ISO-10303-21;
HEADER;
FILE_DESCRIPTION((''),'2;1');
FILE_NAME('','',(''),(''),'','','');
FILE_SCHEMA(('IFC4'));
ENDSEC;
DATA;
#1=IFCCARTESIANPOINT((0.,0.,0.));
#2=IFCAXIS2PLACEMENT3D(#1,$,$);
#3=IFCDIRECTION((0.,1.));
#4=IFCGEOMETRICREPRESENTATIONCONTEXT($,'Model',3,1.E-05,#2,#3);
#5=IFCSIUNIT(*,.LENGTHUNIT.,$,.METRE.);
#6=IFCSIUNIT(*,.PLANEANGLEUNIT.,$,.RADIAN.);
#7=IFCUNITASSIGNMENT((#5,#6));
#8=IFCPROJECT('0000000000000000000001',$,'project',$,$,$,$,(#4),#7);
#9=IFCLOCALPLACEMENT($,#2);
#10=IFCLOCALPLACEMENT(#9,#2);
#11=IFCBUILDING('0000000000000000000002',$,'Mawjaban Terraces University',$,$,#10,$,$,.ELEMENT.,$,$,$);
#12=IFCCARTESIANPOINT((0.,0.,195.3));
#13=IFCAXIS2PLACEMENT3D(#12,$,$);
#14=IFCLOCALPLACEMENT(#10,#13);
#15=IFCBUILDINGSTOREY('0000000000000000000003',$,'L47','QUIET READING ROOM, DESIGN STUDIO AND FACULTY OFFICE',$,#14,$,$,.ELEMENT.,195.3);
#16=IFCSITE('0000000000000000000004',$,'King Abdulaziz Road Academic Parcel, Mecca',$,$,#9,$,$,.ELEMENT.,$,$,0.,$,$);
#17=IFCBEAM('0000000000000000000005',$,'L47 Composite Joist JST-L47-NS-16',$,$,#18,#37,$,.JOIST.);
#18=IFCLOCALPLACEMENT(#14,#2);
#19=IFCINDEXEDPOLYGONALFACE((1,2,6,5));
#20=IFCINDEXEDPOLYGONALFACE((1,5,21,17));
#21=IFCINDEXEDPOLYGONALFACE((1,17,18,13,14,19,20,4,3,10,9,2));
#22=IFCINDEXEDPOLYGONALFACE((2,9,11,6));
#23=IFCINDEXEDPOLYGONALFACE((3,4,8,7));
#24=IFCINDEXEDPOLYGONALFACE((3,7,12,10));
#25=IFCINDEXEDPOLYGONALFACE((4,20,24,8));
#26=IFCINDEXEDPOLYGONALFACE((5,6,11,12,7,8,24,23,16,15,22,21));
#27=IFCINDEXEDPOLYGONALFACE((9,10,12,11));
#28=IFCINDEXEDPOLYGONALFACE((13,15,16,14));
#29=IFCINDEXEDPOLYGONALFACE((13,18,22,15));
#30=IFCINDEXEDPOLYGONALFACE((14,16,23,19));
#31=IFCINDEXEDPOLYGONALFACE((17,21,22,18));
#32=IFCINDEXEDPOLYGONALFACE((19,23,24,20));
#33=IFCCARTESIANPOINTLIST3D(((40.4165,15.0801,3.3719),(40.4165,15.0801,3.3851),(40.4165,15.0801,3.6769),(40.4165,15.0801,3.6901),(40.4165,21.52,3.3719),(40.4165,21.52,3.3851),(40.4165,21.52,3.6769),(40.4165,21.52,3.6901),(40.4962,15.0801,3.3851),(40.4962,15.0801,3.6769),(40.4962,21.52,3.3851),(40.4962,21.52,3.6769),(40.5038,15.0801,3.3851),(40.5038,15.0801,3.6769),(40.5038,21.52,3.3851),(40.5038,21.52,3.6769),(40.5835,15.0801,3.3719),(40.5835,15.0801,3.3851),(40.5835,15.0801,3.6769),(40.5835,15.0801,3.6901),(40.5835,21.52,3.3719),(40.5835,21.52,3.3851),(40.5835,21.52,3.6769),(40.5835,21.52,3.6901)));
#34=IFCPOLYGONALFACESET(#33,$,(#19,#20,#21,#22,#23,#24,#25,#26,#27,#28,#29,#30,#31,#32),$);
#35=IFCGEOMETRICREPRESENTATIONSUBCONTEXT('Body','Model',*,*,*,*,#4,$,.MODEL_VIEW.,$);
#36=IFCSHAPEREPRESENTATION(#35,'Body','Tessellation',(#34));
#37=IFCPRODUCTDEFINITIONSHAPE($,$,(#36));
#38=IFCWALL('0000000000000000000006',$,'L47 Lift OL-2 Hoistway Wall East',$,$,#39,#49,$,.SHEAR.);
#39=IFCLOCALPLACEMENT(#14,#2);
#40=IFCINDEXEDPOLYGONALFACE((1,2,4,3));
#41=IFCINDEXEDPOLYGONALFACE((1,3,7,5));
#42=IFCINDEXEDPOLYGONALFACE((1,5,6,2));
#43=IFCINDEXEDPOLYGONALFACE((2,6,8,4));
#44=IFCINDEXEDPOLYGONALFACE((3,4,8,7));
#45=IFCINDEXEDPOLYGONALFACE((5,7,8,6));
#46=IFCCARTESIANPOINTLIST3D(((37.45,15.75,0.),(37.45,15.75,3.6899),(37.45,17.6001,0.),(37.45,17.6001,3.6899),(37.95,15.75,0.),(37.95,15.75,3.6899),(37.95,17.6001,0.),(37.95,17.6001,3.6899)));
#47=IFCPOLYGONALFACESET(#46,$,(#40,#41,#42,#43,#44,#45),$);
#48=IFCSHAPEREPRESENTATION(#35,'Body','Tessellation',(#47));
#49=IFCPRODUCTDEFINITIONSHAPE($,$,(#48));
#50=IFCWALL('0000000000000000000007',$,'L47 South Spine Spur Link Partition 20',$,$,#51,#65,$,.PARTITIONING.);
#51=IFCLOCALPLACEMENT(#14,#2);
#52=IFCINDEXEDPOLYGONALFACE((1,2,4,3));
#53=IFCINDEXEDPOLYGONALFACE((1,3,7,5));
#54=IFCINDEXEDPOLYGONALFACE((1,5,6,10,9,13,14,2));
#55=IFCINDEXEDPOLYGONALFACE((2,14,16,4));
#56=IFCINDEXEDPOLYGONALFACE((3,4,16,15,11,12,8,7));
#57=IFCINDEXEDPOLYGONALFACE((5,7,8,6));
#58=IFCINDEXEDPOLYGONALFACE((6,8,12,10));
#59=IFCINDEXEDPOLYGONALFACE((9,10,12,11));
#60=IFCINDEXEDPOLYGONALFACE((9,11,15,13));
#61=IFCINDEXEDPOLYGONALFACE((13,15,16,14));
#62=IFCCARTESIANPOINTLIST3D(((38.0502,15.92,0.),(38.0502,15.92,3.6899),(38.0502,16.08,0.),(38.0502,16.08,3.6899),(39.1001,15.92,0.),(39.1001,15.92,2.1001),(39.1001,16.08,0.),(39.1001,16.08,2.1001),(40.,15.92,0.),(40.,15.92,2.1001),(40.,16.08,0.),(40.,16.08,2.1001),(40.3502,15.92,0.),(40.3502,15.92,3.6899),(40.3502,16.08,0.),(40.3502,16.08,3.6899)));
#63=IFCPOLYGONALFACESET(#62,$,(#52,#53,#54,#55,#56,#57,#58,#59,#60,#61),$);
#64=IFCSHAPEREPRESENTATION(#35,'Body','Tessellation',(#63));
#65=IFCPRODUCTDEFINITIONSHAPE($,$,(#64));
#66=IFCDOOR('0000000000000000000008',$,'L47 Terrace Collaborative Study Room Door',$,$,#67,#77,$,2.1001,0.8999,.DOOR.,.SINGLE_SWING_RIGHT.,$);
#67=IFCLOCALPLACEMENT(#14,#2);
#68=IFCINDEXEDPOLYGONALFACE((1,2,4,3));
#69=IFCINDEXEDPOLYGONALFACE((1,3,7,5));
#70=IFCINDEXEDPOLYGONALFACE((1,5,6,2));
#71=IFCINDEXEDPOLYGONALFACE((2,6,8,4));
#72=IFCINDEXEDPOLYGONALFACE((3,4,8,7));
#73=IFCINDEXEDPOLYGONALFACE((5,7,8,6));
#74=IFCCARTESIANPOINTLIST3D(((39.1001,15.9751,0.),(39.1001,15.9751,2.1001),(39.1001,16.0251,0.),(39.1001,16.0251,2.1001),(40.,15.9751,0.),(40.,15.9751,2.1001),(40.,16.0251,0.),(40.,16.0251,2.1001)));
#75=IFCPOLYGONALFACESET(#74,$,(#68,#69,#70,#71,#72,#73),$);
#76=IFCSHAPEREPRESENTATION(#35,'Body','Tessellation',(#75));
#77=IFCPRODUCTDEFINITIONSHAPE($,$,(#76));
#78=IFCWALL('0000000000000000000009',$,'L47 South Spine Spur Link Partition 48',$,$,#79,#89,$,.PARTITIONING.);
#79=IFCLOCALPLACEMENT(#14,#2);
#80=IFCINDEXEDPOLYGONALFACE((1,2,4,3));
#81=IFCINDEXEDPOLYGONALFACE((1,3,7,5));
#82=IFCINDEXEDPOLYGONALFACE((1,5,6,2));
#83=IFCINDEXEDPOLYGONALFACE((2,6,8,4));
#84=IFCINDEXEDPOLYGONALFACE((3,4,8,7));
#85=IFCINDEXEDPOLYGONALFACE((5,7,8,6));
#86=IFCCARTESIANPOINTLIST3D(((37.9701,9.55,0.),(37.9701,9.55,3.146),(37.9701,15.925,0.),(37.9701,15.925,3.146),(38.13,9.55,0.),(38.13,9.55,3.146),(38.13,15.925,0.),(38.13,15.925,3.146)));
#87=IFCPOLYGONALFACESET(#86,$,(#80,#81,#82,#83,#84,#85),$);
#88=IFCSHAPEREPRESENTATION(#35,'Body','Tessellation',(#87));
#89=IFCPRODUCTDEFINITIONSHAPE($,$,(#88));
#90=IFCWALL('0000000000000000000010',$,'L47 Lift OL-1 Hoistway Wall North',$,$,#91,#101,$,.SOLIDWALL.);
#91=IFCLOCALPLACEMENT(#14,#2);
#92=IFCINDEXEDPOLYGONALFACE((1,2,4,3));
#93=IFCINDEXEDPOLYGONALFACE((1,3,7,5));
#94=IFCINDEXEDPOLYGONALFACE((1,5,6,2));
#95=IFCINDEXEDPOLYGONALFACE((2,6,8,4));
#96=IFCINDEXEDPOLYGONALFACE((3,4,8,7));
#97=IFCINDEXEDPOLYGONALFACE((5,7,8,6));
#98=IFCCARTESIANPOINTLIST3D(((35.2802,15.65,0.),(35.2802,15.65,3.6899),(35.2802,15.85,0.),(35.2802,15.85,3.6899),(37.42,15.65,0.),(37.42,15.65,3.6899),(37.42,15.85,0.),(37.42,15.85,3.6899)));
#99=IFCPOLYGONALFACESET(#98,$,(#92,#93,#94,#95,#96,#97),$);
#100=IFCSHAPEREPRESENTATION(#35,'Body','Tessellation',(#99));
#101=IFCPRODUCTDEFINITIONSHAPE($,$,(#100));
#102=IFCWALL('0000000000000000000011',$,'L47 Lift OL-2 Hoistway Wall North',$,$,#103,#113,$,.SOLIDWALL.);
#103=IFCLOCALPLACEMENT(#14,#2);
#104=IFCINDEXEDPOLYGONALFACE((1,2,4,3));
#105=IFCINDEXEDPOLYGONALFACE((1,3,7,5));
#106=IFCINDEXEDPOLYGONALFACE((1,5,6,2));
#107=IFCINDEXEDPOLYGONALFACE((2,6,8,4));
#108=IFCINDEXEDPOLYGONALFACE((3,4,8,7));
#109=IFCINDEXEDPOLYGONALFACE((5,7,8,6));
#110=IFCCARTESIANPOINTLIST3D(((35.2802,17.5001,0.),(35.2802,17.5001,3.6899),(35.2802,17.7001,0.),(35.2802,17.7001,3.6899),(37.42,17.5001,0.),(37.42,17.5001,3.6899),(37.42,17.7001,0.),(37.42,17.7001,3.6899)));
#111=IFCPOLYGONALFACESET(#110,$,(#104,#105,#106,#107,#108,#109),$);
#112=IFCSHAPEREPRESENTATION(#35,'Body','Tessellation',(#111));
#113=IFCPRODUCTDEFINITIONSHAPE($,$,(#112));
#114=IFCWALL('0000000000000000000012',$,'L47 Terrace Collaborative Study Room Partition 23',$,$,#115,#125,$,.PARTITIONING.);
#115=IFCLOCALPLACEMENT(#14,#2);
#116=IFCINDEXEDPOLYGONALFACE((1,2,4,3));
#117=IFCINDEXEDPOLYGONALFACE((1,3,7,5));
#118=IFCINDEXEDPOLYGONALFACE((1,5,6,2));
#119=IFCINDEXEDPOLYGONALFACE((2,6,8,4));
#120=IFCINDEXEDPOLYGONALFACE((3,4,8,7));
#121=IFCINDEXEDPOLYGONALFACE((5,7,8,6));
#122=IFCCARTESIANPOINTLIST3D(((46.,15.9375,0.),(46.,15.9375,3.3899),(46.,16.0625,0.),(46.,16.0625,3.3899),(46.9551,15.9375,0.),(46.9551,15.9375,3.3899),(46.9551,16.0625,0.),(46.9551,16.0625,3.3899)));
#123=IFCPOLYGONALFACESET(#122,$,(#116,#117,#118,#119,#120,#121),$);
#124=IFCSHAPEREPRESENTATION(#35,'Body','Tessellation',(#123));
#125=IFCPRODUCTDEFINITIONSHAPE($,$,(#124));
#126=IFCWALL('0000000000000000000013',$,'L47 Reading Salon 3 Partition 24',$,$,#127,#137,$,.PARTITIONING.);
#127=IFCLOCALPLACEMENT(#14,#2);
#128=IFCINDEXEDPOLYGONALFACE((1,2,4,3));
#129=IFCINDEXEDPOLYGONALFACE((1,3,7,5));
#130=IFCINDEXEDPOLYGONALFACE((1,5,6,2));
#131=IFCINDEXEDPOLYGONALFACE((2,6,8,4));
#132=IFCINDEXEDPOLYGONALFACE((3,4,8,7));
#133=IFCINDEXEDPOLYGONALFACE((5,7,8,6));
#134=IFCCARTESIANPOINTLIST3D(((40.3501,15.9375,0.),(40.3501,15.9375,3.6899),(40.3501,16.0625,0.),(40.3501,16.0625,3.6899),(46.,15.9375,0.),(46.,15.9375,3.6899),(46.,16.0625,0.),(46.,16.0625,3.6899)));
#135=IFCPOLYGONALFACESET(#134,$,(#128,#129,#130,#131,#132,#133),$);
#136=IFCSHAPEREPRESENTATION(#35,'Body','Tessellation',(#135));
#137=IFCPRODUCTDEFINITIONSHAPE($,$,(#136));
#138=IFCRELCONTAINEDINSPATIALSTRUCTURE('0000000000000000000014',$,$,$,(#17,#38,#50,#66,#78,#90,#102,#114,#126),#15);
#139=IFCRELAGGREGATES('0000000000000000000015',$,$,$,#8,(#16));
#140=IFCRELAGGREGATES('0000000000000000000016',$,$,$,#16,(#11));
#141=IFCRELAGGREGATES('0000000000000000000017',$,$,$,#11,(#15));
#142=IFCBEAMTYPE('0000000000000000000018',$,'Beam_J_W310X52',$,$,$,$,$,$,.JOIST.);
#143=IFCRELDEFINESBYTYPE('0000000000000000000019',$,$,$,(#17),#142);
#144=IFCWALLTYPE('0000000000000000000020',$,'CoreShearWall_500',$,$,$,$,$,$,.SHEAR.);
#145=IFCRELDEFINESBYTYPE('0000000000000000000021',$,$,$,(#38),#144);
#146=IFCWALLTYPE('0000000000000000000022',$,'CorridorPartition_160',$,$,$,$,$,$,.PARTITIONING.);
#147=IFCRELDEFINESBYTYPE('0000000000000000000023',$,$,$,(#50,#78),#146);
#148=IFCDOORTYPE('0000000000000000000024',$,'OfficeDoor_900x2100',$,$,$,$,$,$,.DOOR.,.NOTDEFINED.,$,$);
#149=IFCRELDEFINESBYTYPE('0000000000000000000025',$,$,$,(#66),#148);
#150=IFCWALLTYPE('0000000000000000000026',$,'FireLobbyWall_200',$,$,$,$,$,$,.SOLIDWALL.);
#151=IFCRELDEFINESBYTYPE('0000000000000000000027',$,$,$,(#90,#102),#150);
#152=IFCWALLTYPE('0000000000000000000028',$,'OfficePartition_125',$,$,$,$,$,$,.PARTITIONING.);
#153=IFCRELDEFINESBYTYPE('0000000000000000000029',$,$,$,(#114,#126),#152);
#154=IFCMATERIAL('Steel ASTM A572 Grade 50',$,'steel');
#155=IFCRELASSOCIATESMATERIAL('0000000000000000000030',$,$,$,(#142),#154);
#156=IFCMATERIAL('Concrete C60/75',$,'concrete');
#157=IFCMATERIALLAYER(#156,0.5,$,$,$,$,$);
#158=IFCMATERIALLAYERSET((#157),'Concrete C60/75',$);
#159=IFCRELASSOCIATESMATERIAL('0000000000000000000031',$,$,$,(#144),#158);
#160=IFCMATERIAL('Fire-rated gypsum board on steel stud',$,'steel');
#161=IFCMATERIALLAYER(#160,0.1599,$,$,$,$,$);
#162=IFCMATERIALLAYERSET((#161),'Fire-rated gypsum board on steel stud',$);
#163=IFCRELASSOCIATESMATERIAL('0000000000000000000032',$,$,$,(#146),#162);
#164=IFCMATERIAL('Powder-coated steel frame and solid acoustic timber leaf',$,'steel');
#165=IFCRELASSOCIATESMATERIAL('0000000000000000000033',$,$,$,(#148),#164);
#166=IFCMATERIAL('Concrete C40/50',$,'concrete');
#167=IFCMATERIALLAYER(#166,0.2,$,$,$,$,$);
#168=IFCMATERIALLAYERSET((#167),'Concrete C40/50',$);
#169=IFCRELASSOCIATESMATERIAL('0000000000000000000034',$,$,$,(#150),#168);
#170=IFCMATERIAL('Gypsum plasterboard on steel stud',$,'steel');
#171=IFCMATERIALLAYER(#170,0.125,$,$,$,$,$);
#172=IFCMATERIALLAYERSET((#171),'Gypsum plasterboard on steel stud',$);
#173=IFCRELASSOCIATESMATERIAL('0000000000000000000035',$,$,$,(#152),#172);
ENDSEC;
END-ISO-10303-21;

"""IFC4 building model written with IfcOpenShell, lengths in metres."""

from ifc_helpers import new_model, si_unit, direction, frame, frame_2d, origin, origin_2d, place, context, subcontext, project, spatial, rectangle, i_section, extrude, material, layer, layer_set, material_profile, profile_set, type_object, element, fill, save


model = new_model("IFC4")

# Units and contexts
model_context = context("Model", 3, precision=1e-05, world=origin(), true_north=direction((0.0, 1.0)))
body_context = subcontext(model_context, "Body", "Model", "MODEL_VIEW")
ifc_project = project(units=[si_unit("LENGTHUNIT", "METRE"), si_unit("PLANEANGLEUNIT", "RADIAN")], contexts=[model_context])

# Site, building, storey
site_placement = place(None, origin())
site = spatial("IfcSite", under=ifc_project, at=site_placement, Name="King Abdulaziz Road Academic Parcel, Mecca", CompositionType="ELEMENT", RefElevation=0.0)
building_placement = place(site_placement, origin())
building = spatial("IfcBuilding", under=site, at=building_placement, Name="Mawjaban Terraces University", CompositionType="ELEMENT")
storey_placement = place(building_placement, frame((0.0, 0.0, 195.3)))
storey = spatial("IfcBuildingStorey", under=building, at=storey_placement, Name="L47", Description="QUIET READING ROOM, DESIGN STUDIO AND FACULTY OFFICE", CompositionType="ELEMENT", Elevation=195.3)

# Shared definitions
ifc_material_1 = material(Name="Concrete C60/75", Category="concrete")

# Beam
ifc_material_2 = material(Name="Steel ASTM A572 Grade 50", Category="steel")
ifc_material_profile_1 = material_profile(ifc_material_2, i_section(OverallWidth=0.167, OverallDepth=0.3181, WebThickness=0.0076, FlangeThickness=0.0132, at=origin_2d()), Name="W310X52")
ifc_profile_set_1 = profile_set([ifc_material_profile_1], Name="Steel ASTM A572 Grade 50")
beam_type_1 = type_object("IfcBeamType", Name="Beam_J_W310X52", PredefinedType="JOIST", material=ifc_profile_set_1)
beam_1_placement = place(storey_placement, frame((40.5, 15.0801, 3.531), z_axis=(0.0, 1.0, 0.0), x_axis=(-1.0, 0.0, 0.0)))
element("IfcBeam", 1, at=beam_1_placement, inside=storey, type_object=beam_type_1, Name="L47 Composite Joist JST-L47-NS-16", PredefinedType="JOIST", context=body_context, shape_type="SweptSolid", body=[
    extrude(i_section(OverallWidth=0.167, OverallDepth=0.3181, WebThickness=0.0076, FlangeThickness=0.0132, at=origin_2d()), origin(), (0.0, 0.0, 1.0), 6.4399),
])

# Wall
ifc_layer_1 = layer(ifc_material_1, 0.5)
ifc_layer_set_1 = layer_set([ifc_layer_1], Name="Concrete C60/75")
wall_type_1 = type_object("IfcWallType", Name="CoreShearWall_500", PredefinedType="SHEAR", material=ifc_layer_set_1)
wall_1_placement = place(storey_placement, frame((37.7, 15.75, 0.0), z_axis=(0.0, 0.0, 1.0), x_axis=(0.0, 1.0, 0.0)))
element("IfcWall", 2, at=wall_1_placement, inside=storey, type_object=wall_type_1, Name="L47 Lift OL-2 Hoistway Wall East", PredefinedType="SHEAR", context=body_context, shape_type="SweptSolid", body=[
    extrude(rectangle(XDim=1.8501, YDim=0.5, at=frame_2d((0.925, 0.0))), origin(), (0.0, 0.0, 1.0), 3.6899),
])

# Wall, opening, door
ifc_material_3 = material(Name="Fire-rated gypsum board on steel stud", Category="steel")
ifc_layer_2 = layer(ifc_material_3, 0.1599)
ifc_layer_set_2 = layer_set([ifc_layer_2], Name="Fire-rated gypsum board on steel stud")
wall_type_2 = type_object("IfcWallType", Name="CorridorPartition_160", PredefinedType="PARTITIONING", material=ifc_layer_set_2)
wall_2_placement = place(storey_placement, frame((40.3501, 16.0, 0.0), z_axis=(0.0, 0.0, 1.0), x_axis=(-1.0, 0.0, 0.0)))
wall_2 = element("IfcWall", 3, at=wall_2_placement, inside=storey, type_object=wall_type_2, Name="L47 South Spine Spur Link Partition 20", PredefinedType="PARTITIONING", context=body_context, shape_type="SweptSolid", body=[
    extrude(rectangle(XDim=2.3, YDim=0.1599, at=frame_2d((1.1499, 0.0))), origin(), (0.0, 0.0, 1.0), 3.6899),
])
opening_placement = place(wall_2_placement, frame((0.3501, 0.0, 0.0)))
opening = element("IfcOpeningElement", 4, at=opening_placement, cuts=wall_2, PredefinedType="OPENING", context=body_context, shape_type="SweptSolid", body=[
    extrude(rectangle(XDim=0.8999, YDim=2.1001, at=frame_2d((0.45, 1.05))), frame((0.0, 0.0898, 0.0), z_axis=(0.0, -1.0, 0.0), x_axis=(1.0, 0.0, 0.0)), (0.0, 0.0, 1.0), 0.1799),
])
ifc_material_4 = material(Name="Powder-coated steel frame and solid acoustic timber leaf", Category="steel")
door_type = type_object("IfcDoorType", Name="OfficeDoor_900x2100", OperationType="NOTDEFINED", PredefinedType="DOOR", material=ifc_material_4)
door_placement = place(opening_placement, origin())
door = element("IfcDoor", 5, at=door_placement, inside=storey, type_object=door_type, Name="L47 Terrace Collaborative Study Room Door", OperationType="SINGLE_SWING_RIGHT", OverallHeight=2.1001, OverallWidth=0.8999, PredefinedType="DOOR", context=body_context, shape_type="SweptSolid", body=[
    extrude(rectangle(XDim=0.8999, YDim=2.1001, at=frame_2d((0.45, 1.05))), frame((0.0, 0.0249, 0.0), z_axis=(0.0, -1.0, 0.0), x_axis=(1.0, 0.0, 0.0)), (0.0, 0.0, 1.0), 0.05),
])
fill(opening, door)

# Walls
wall_3_placement = place(storey_placement, frame((38.05, 15.925, 0.0), z_axis=(0.0, 0.0, 1.0), x_axis=(0.0, -1.0, 0.0)))
element("IfcWall", 6, at=wall_3_placement, inside=storey, type_object=wall_type_2, Name="L47 South Spine Spur Link Partition 48", PredefinedType="PARTITIONING", context=body_context, shape_type="SweptSolid", body=[
    extrude(rectangle(XDim=6.375, YDim=0.1599, at=frame_2d((3.1875, 0.0))), origin(), (0.0, 0.0, 1.0), 3.146),
])
ifc_material_5 = material(Name="Concrete C40/50", Category="concrete")
ifc_layer_3 = layer(ifc_material_5, 0.2)
ifc_layer_set_3 = layer_set([ifc_layer_3], Name="Concrete C40/50")
wall_type_3 = type_object("IfcWallType", Name="FireLobbyWall_200", PredefinedType="SOLIDWALL", material=ifc_layer_set_3)
for number, where, z_axis, x_axis, name in (
    (7, (37.4199, 15.75, 0.0), (0.0, 0.0, 1.0), (-1.0, 0.0, 0.0), "L47 Lift OL-1 Hoistway Wall North"),
    (8, (37.4199, 17.6001, 0.0), (0.0, 0.0, 1.0), (-1.0, 0.0, 0.0), "L47 Lift OL-2 Hoistway Wall North"),
):
    element("IfcWall", number, at=place(storey_placement, frame(where, z_axis=z_axis, x_axis=x_axis)), inside=storey, type_object=wall_type_3, Name=name, PredefinedType="SOLIDWALL", context=body_context, shape_type="SweptSolid", body=[
        extrude(rectangle(XDim=2.1399, YDim=0.2, at=frame_2d((1.0698, 0.0))), origin(), (0.0, 0.0, 1.0), 3.6899),
    ])
ifc_material_6 = material(Name="Gypsum plasterboard on steel stud", Category="steel")
ifc_layer_4 = layer(ifc_material_6, 0.125)
ifc_layer_set_4 = layer_set([ifc_layer_4], Name="Gypsum plasterboard on steel stud")
wall_type_4 = type_object("IfcWallType", Name="OfficePartition_125", PredefinedType="PARTITIONING", material=ifc_layer_set_4)
wall_4_placement = place(storey_placement, frame((46.0, 16.0, 0.0), z_axis=(0.0, 0.0, 1.0), x_axis=(1.0, 0.0, 0.0)))
element("IfcWall", 9, at=wall_4_placement, inside=storey, type_object=wall_type_4, Name="L47 Terrace Collaborative Study Room Partition 23", PredefinedType="PARTITIONING", context=body_context, shape_type="SweptSolid", body=[
    extrude(rectangle(XDim=0.9551, YDim=0.125, at=frame_2d((0.4775, 0.0))), origin(), (0.0, 0.0, 1.0), 3.3899),
])
wall_5_placement = place(storey_placement, frame((46.0, 16.0, 0.0), z_axis=(0.0, 0.0, 1.0), x_axis=(-1.0, 0.0, 0.0)))
element("IfcWall", 10, at=wall_5_placement, inside=storey, type_object=wall_type_4, Name="L47 Reading Salon 3 Partition 24", PredefinedType="PARTITIONING", context=body_context, shape_type="SweptSolid", body=[
    extrude(rectangle(XDim=5.6499, YDim=0.125, at=frame_2d((2.825, 0.0))), origin(), (0.0, 0.0, 1.0), 3.6899),
])

save(model, "model.ifc")
